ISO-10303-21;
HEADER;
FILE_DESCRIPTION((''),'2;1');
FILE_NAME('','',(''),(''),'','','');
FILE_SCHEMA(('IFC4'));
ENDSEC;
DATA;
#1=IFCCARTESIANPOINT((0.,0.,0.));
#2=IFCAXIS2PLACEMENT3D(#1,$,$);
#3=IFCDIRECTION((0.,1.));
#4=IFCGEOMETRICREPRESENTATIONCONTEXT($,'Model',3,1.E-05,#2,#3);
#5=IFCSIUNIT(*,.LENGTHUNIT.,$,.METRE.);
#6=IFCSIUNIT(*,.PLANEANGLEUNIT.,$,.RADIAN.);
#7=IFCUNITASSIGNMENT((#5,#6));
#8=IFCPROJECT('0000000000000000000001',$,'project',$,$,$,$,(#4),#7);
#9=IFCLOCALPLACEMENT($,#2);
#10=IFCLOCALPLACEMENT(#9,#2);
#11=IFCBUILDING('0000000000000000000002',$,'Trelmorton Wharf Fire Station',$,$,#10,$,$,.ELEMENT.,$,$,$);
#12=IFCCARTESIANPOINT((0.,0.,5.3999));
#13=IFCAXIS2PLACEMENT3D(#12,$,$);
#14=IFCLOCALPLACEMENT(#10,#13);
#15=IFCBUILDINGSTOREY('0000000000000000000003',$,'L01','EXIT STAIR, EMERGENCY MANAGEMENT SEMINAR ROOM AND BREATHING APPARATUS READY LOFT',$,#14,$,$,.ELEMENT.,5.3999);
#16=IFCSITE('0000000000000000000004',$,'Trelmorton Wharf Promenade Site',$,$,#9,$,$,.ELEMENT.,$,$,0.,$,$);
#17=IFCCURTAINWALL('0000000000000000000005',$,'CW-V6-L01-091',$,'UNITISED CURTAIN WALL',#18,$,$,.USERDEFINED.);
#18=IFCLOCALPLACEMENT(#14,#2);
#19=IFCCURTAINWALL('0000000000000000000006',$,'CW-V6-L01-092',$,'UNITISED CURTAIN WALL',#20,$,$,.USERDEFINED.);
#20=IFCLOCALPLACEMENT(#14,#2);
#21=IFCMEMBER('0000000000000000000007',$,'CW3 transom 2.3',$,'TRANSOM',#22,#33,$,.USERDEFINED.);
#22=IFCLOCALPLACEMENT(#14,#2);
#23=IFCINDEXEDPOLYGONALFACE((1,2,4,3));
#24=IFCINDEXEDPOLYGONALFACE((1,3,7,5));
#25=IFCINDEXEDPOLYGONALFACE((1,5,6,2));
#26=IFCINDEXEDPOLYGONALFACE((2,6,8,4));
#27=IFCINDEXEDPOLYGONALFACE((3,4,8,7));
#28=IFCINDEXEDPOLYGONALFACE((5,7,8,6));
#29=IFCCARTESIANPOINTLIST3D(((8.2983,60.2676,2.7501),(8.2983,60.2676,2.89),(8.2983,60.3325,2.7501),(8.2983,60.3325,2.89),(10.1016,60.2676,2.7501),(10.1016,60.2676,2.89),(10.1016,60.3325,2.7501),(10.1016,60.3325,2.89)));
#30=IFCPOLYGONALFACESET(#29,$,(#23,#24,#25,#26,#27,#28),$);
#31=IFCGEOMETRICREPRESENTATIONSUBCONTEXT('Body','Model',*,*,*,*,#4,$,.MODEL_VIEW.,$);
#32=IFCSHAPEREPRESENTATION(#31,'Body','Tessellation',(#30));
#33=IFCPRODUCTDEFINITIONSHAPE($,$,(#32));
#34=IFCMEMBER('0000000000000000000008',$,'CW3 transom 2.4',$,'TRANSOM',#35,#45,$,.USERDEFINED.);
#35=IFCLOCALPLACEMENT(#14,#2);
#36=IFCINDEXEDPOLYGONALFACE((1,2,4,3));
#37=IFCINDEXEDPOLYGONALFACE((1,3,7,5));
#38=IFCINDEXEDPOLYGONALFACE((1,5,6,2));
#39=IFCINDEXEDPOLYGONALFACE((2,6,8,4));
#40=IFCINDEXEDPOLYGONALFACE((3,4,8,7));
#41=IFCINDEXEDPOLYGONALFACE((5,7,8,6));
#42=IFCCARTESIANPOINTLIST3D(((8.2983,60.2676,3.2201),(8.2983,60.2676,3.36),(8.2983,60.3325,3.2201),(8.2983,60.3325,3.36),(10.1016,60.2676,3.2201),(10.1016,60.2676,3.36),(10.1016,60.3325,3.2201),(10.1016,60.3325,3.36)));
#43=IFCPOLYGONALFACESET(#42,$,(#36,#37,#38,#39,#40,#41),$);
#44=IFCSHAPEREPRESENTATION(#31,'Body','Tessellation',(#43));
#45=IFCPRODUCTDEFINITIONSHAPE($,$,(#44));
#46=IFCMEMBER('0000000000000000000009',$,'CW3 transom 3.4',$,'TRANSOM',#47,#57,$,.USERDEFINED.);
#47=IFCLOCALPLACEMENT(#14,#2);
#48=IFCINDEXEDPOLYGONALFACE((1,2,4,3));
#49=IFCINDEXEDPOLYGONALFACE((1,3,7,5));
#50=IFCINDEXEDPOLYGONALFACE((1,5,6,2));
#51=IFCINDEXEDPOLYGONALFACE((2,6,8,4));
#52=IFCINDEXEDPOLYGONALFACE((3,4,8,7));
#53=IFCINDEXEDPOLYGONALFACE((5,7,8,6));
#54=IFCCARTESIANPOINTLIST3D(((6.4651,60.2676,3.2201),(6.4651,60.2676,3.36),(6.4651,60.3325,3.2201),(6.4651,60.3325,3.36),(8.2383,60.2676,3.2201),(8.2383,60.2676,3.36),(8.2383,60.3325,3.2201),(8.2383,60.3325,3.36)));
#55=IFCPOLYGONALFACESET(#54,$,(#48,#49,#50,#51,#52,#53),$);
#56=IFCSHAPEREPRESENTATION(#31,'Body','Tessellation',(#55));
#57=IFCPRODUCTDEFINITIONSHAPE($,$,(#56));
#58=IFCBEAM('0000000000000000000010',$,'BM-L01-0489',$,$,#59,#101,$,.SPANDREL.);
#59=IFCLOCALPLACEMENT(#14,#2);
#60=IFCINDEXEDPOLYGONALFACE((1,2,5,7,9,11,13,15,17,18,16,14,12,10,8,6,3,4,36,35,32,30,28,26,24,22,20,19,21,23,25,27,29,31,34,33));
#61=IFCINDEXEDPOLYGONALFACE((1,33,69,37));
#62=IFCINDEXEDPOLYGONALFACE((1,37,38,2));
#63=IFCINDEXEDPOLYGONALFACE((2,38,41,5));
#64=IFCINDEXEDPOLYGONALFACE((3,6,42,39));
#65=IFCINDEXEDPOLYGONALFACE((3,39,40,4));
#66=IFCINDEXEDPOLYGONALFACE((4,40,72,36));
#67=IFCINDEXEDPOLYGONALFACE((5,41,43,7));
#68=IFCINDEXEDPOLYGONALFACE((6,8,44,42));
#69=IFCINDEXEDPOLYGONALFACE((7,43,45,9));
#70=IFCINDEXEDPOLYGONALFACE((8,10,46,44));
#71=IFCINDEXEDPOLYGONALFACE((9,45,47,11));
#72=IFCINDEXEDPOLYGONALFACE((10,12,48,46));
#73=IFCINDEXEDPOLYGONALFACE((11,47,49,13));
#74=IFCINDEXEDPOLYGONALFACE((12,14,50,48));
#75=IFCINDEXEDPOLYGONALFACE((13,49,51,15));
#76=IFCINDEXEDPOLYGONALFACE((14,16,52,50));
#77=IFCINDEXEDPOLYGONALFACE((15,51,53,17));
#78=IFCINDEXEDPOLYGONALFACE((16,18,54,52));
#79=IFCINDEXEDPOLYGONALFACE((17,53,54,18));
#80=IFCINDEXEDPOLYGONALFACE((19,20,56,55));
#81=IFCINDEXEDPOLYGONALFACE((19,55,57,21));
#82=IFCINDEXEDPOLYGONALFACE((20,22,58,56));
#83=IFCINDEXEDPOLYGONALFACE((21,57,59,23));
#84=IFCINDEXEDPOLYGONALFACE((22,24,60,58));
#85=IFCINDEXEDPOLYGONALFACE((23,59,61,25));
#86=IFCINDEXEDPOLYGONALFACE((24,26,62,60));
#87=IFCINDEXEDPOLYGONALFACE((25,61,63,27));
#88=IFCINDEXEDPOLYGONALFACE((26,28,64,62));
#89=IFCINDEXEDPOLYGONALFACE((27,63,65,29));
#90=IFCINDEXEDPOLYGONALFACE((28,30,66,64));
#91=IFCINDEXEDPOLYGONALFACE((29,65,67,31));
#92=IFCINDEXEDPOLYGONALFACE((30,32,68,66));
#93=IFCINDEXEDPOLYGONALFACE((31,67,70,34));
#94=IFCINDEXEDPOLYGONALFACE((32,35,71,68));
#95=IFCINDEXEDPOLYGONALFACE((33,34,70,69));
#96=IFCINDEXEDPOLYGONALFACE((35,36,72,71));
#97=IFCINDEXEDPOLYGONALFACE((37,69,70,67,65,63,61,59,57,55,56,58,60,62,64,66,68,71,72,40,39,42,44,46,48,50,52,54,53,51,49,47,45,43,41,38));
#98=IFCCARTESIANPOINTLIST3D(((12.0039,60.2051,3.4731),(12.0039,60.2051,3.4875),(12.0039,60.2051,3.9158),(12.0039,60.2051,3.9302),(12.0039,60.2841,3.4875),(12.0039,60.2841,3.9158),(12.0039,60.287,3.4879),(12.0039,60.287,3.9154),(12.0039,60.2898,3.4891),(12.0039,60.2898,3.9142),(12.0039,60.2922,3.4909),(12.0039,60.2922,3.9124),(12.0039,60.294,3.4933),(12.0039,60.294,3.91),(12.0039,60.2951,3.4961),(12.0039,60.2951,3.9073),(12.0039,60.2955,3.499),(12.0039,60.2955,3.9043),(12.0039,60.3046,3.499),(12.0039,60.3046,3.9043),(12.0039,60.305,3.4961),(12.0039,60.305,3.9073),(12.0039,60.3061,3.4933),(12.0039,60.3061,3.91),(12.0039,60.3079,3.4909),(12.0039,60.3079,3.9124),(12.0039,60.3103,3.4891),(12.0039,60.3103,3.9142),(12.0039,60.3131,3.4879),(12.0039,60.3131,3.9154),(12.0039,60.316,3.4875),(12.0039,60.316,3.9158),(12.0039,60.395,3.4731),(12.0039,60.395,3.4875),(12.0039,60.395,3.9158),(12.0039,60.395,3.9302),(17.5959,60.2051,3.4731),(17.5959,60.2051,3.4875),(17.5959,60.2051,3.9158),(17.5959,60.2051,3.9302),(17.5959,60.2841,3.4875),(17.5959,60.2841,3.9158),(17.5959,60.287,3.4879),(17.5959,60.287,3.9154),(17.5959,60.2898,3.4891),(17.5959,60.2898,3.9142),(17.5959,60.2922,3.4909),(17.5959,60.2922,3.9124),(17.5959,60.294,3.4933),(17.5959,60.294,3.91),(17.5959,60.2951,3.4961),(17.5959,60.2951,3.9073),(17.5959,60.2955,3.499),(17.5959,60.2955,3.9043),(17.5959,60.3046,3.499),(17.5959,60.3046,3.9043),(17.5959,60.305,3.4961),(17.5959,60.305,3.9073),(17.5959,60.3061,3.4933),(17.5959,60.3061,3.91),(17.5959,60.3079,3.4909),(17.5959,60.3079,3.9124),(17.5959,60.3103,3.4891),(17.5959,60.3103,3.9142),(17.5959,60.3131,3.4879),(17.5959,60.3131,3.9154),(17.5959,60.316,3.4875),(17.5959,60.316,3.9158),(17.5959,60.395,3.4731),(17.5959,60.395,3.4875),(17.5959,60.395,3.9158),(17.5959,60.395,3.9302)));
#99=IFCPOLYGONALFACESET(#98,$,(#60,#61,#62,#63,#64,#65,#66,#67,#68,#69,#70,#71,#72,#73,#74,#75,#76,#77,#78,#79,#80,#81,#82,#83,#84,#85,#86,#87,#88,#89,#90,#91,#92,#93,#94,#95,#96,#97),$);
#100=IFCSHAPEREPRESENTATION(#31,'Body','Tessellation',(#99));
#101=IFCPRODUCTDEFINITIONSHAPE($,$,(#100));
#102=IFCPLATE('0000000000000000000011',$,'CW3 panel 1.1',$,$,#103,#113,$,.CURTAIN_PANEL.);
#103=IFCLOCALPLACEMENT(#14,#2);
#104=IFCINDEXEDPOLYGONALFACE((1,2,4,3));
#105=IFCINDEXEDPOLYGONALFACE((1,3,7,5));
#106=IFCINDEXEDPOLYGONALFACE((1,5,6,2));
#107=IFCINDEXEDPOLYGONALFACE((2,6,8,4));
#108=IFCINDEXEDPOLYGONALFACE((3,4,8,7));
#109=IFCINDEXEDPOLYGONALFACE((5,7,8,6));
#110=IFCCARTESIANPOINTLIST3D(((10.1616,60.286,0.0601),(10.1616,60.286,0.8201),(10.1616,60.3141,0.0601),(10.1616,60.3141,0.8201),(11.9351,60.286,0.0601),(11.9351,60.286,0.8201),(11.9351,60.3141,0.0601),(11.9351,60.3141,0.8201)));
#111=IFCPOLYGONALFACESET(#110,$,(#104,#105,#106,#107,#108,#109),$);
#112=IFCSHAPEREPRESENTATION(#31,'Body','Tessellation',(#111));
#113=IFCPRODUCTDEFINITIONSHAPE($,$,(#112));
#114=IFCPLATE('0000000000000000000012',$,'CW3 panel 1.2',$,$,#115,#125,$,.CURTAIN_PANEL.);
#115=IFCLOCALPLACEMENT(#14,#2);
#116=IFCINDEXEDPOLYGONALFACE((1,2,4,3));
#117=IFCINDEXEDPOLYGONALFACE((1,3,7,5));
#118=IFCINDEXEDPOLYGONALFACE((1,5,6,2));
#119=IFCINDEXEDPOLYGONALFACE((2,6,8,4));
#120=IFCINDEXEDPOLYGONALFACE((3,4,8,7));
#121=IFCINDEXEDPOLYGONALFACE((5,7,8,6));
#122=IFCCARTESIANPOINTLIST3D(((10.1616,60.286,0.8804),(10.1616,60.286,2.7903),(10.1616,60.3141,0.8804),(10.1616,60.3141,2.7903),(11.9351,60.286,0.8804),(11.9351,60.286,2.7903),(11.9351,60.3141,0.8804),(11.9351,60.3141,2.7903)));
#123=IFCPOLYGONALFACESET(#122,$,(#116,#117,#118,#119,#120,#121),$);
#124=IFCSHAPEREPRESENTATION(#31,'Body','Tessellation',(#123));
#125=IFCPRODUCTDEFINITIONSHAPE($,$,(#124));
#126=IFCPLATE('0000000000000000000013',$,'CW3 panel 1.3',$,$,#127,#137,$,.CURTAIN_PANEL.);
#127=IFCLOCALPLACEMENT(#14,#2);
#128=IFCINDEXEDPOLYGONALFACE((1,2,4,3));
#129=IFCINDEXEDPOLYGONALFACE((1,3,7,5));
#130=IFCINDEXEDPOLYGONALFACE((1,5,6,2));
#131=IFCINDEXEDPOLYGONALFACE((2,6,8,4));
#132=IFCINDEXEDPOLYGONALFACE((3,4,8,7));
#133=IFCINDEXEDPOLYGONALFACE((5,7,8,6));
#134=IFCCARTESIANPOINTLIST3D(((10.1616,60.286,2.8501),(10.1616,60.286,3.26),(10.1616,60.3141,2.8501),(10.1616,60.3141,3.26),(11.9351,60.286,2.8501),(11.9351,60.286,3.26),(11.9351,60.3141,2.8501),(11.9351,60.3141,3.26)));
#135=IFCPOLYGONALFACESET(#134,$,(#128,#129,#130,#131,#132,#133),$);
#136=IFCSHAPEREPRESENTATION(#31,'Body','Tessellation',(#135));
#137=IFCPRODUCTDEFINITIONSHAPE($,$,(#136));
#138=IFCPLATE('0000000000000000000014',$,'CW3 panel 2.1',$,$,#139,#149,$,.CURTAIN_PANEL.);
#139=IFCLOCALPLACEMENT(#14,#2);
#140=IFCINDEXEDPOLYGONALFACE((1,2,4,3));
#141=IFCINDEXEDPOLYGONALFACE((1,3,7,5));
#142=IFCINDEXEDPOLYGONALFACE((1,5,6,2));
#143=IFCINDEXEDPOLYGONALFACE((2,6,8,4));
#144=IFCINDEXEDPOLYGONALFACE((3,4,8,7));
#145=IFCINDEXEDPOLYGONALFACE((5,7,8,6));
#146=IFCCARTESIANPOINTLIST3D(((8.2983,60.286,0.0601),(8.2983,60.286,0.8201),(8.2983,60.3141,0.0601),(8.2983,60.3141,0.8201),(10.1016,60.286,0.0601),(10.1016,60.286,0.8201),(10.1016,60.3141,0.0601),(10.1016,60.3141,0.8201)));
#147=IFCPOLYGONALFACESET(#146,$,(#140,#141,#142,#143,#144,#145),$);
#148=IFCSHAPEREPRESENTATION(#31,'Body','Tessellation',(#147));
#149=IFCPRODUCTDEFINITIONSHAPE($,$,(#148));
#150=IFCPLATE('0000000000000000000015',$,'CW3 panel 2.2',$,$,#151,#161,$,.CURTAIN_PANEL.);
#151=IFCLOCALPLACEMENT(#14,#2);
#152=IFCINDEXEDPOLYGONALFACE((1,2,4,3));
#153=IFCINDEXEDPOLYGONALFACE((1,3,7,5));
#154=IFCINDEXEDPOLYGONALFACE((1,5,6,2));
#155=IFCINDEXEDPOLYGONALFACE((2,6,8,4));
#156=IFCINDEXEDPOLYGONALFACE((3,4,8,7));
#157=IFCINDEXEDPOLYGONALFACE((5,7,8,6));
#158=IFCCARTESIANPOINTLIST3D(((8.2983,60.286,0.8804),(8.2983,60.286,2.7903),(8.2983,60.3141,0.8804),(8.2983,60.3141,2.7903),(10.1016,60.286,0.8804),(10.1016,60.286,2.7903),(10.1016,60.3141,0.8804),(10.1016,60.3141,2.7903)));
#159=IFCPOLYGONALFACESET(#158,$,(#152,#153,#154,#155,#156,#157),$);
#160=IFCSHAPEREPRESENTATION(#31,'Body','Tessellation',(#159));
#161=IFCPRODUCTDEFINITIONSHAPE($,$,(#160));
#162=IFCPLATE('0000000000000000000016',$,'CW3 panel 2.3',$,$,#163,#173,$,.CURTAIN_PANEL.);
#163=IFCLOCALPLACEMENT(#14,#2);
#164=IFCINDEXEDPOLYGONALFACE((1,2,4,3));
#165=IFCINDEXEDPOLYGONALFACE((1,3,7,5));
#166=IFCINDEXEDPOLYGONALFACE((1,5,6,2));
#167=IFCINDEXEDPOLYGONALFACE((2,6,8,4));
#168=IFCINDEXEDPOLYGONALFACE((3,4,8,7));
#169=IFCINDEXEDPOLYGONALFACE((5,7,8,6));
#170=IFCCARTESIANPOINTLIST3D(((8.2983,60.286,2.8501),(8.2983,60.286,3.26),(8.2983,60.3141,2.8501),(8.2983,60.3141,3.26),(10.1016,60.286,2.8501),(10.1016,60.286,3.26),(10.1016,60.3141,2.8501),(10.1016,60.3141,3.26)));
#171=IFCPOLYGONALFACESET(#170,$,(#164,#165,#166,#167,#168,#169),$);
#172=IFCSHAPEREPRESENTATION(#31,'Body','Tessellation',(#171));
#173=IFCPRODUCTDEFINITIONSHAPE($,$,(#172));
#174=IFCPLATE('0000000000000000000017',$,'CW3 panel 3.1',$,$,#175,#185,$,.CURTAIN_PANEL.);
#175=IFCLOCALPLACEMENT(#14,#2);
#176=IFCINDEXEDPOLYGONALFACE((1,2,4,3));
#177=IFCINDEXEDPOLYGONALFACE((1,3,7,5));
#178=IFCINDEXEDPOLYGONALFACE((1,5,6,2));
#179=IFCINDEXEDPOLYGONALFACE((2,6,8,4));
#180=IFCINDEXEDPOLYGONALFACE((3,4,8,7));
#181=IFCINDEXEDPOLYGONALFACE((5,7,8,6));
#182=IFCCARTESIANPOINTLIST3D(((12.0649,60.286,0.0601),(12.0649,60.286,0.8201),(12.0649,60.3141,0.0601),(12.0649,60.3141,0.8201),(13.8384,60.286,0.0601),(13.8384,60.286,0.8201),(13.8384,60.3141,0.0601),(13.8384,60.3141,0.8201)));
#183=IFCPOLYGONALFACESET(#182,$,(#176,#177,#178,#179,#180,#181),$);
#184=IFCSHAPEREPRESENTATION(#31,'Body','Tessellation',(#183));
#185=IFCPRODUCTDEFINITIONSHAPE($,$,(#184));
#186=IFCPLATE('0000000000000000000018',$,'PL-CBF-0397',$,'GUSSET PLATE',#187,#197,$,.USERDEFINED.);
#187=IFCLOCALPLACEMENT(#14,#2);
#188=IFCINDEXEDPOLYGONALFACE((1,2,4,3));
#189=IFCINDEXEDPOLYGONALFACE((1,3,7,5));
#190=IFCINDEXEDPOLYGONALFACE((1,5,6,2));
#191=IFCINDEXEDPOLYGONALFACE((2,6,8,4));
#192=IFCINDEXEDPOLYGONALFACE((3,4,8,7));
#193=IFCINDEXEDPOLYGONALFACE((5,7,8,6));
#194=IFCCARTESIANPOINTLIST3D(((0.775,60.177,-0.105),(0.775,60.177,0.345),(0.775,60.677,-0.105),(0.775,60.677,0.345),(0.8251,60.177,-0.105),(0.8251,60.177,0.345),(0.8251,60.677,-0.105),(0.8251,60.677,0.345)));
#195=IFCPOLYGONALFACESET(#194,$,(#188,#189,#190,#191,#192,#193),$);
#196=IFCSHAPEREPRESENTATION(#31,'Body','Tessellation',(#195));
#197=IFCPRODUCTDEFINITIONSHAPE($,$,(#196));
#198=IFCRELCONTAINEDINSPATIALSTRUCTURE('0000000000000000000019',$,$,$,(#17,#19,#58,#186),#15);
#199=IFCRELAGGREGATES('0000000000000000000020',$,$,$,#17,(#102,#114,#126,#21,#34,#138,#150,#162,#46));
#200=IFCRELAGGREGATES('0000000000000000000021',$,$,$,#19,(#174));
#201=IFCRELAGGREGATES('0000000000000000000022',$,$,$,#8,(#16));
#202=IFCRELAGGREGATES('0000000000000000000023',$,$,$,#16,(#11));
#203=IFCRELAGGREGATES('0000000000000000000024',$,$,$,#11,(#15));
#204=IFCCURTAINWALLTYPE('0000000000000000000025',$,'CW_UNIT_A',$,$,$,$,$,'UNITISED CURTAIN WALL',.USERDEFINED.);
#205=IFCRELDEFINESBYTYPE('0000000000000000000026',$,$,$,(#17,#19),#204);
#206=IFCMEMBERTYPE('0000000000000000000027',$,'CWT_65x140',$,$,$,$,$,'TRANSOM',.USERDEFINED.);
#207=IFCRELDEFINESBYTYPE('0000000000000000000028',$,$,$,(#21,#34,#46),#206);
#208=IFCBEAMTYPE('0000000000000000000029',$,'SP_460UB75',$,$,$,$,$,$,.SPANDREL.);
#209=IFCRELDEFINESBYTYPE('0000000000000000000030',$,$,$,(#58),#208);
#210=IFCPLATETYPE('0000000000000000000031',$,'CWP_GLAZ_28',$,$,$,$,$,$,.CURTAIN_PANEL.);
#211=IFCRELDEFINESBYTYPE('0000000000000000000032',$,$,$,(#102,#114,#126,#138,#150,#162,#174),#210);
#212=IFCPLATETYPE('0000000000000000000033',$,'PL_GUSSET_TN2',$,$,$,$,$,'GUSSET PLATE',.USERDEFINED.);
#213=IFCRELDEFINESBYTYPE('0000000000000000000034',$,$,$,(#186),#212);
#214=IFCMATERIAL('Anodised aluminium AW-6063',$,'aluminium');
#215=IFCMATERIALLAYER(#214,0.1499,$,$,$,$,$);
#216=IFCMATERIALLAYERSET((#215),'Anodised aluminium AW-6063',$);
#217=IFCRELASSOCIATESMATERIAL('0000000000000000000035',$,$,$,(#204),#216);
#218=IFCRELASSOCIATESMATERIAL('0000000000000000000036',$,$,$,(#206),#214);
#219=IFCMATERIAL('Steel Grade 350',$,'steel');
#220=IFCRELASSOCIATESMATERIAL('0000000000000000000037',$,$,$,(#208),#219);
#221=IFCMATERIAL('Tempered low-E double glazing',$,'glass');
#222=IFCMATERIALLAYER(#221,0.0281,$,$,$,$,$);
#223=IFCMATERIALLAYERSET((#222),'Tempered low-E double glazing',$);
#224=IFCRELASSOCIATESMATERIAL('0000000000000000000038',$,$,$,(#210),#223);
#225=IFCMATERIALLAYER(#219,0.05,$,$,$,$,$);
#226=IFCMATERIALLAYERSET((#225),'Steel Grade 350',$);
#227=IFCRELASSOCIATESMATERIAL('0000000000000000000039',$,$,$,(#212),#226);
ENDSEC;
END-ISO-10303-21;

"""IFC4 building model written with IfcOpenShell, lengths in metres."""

from ifc_helpers import new_model, si_unit, direction, frame, origin, origin_2d, place, context, subcontext, project, spatial, rectangle, i_section, extrude, material, layer, layer_set, material_profile, profile_set, type_object, element, aggregate, save


model = new_model("IFC4")

# Units and contexts
model_context = context("Model", 3, precision=1e-05, world=origin(), true_north=direction((0.0, 1.0)))
body_context = subcontext(model_context, "Body", "Model", "MODEL_VIEW")
ifc_project = project(units=[si_unit("LENGTHUNIT", "METRE"), si_unit("PLANEANGLEUNIT", "RADIAN")], contexts=[model_context])

# Site, building, storey
site_placement = place(None, origin())
site = spatial("IfcSite", under=ifc_project, at=site_placement, Name="Trelmorton Wharf Promenade Site", CompositionType="ELEMENT", RefElevation=0.0)
building_placement = place(site_placement, origin())
building = spatial("IfcBuilding", under=site, at=building_placement, Name="Trelmorton Wharf Fire Station", CompositionType="ELEMENT")
storey_placement = place(building_placement, frame((0.0, 0.0, 5.3999)))
storey = spatial("IfcBuildingStorey", under=building, at=storey_placement, Name="L01", Description="EXIT STAIR, EMERGENCY MANAGEMENT SEMINAR ROOM AND BREATHING APPARATUS READY LOFT", CompositionType="ELEMENT", Elevation=5.3999)

# Shared definitions
ifc_material_1 = material(Name="Steel Grade 350", Category="steel")

# Curtain wall
ifc_material_2 = material(Name="Anodised aluminium AW-6063", Category="aluminium")
ifc_layer_1 = layer(ifc_material_2, 0.1499)
ifc_layer_set_1 = layer_set([ifc_layer_1], Name="Anodised aluminium AW-6063")
curtain_wall_type = type_object("IfcCurtainWallType", Name="CW_UNIT_A", ElementType="UNITISED CURTAIN WALL", PredefinedType="USERDEFINED", material=ifc_layer_set_1)
curtain_wall_1_placement = place(storey_placement, origin())
curtain_wall_1 = element("IfcCurtainWall", 1, at=curtain_wall_1_placement, inside=storey, type_object=curtain_wall_type, Name="CW-V6-L01-091", ObjectType="UNITISED CURTAIN WALL", PredefinedType="USERDEFINED")

# Curtain wall
curtain_wall_2_placement = place(storey_placement, origin())
curtain_wall_2 = element("IfcCurtainWall", 2, at=curtain_wall_2_placement, inside=storey, type_object=curtain_wall_type, Name="CW-V6-L01-092", ObjectType="UNITISED CURTAIN WALL", PredefinedType="USERDEFINED")

# Members
ifc_material_profile_1 = material_profile(ifc_material_2, rectangle(XDim=0.0649, YDim=0.1399, at=origin_2d()), Name="ALU-65x140")
ifc_profile_set_1 = profile_set([ifc_material_profile_1], Name="Anodised aluminium AW-6063")
member_type_1 = type_object("IfcMemberType", Name="CWT_65x140", ElementType="TRANSOM", PredefinedType="USERDEFINED", material=ifc_profile_set_1)
member_1_placement = place(storey_placement, frame((10.1016, 60.3, 2.8201), z_axis=(-1.0, 0.0, 0.0), x_axis=(0.0, -1.0, 0.0)))
member_1 = element("IfcMember", 3, at=member_1_placement, type_object=member_type_1, Name="CW3 transom 2.3", ObjectType="TRANSOM", PredefinedType="USERDEFINED", context=body_context, shape_type="SweptSolid", body=[
    extrude(rectangle(XDim=0.0649, YDim=0.1399, at=origin_2d()), origin(), (0.0, 0.0, 1.0), 1.8032),
])
member_2_placement = place(storey_placement, frame((10.1016, 60.3, 3.29), z_axis=(-1.0, 0.0, 0.0), x_axis=(0.0, -1.0, 0.0)))
member_2 = element("IfcMember", 4, at=member_2_placement, type_object=member_type_1, Name="CW3 transom 2.4", ObjectType="TRANSOM", PredefinedType="USERDEFINED", context=body_context, shape_type="SweptSolid", body=[
    extrude(rectangle(XDim=0.0649, YDim=0.1399, at=origin_2d()), origin(), (0.0, 0.0, 1.0), 1.8032),
])
member_3_placement = place(storey_placement, frame((8.2383, 60.3, 3.29), z_axis=(-1.0, 0.0, 0.0), x_axis=(0.0, -1.0, 0.0)))
member_3 = element("IfcMember", 5, at=member_3_placement, type_object=member_type_1, Name="CW3 transom 3.4", ObjectType="TRANSOM", PredefinedType="USERDEFINED", context=body_context, shape_type="SweptSolid", body=[
    extrude(rectangle(XDim=0.0649, YDim=0.1399, at=origin_2d()), origin(), (0.0, 0.0, 1.0), 1.7732),
])

# Beam
ifc_material_profile_2 = material_profile(ifc_material_1, i_section(OverallWidth=0.1899, OverallDepth=0.457, WebThickness=0.009, FlangeThickness=0.0144, FilletRadius=0.0115, at=origin_2d()), Name="460UB74.6")
ifc_profile_set_2 = profile_set([ifc_material_profile_2], Name="Steel Grade 350")
beam_type_1 = type_object("IfcBeamType", Name="SP_460UB75", PredefinedType="SPANDREL", material=ifc_profile_set_2)
beam_placement = place(storey_placement, frame((12.0039, 60.3, 3.7017), z_axis=(1.0, 0.0, 0.0), x_axis=(0.0, 1.0, 0.0)))
element("IfcBeam", 6, at=beam_placement, inside=storey, type_object=beam_type_1, Name="BM-L01-0489", PredefinedType="SPANDREL", context=body_context, shape_type="SweptSolid", body=[
    extrude(i_section(OverallWidth=0.1899, OverallDepth=0.457, WebThickness=0.009, FlangeThickness=0.0144, FilletRadius=0.0115, at=origin_2d()), origin(), (0.0, 0.0, 1.0), 5.592),
])

# Plates
ifc_material_3 = material(Name="Tempered low-E double glazing", Category="glass")
ifc_layer_2 = layer(ifc_material_3, 0.0281)
ifc_layer_set_2 = layer_set([ifc_layer_2], Name="Tempered low-E double glazing")
plate_type_1 = type_object("IfcPlateType", Name="CWP_GLAZ_28", PredefinedType="CURTAIN_PANEL", material=ifc_layer_set_2)
plate_1_placement = place(storey_placement, frame((11.0483, 60.3, 0.0601), z_axis=(0.0, 0.0, 1.0), x_axis=(-1.0, 0.0, 0.0)))
plate_1 = element("IfcPlate", 7, at=plate_1_placement, type_object=plate_type_1, Name="CW3 panel 1.1", PredefinedType="CURTAIN_PANEL", context=body_context, shape_type="SweptSolid", body=[
    extrude(rectangle(XDim=1.7734, YDim=0.0281, at=origin_2d()), origin(), (0.0, 0.0, 1.0), 0.76),
])
plate_2_placement = place(storey_placement, frame((11.0483, 60.3, 0.8804), z_axis=(0.0, 0.0, 1.0), x_axis=(-1.0, 0.0, 0.0)))
plate_2 = element("IfcPlate", 8, at=plate_2_placement, type_object=plate_type_1, Name="CW3 panel 1.2", PredefinedType="CURTAIN_PANEL", context=body_context, shape_type="SweptSolid", body=[
    extrude(rectangle(XDim=1.7734, YDim=0.0281, at=origin_2d()), origin(), (0.0, 0.0, 1.0), 1.9099),
])
plate_3_placement = place(storey_placement, frame((11.0483, 60.3, 2.8501), z_axis=(0.0, 0.0, 1.0), x_axis=(-1.0, 0.0, 0.0)))
plate_3 = element("IfcPlate", 9, at=plate_3_placement, type_object=plate_type_1, Name="CW3 panel 1.3", PredefinedType="CURTAIN_PANEL", context=body_context, shape_type="SweptSolid", body=[
    extrude(rectangle(XDim=1.7734, YDim=0.0281, at=origin_2d()), origin(), (0.0, 0.0, 1.0), 0.4099),
])
plate_4_placement = place(storey_placement, frame((9.2, 60.3, 0.0601), z_axis=(0.0, 0.0, 1.0), x_axis=(-1.0, 0.0, 0.0)))
plate_4 = element("IfcPlate", 10, at=plate_4_placement, type_object=plate_type_1, Name="CW3 panel 2.1", PredefinedType="CURTAIN_PANEL", context=body_context, shape_type="SweptSolid", body=[
    extrude(rectangle(XDim=1.8032, YDim=0.0281, at=origin_2d()), origin(), (0.0, 0.0, 1.0), 0.76),
])
plate_5_placement = place(storey_placement, frame((9.2, 60.3, 0.8804), z_axis=(0.0, 0.0, 1.0), x_axis=(-1.0, 0.0, 0.0)))
plate_5 = element("IfcPlate", 11, at=plate_5_placement, type_object=plate_type_1, Name="CW3 panel 2.2", PredefinedType="CURTAIN_PANEL", context=body_context, shape_type="SweptSolid", body=[
    extrude(rectangle(XDim=1.8032, YDim=0.0281, at=origin_2d()), origin(), (0.0, 0.0, 1.0), 1.9099),
])
plate_6_placement = place(storey_placement, frame((9.2, 60.3, 2.8501), z_axis=(0.0, 0.0, 1.0), x_axis=(-1.0, 0.0, 0.0)))
plate_6 = element("IfcPlate", 12, at=plate_6_placement, type_object=plate_type_1, Name="CW3 panel 2.3", PredefinedType="CURTAIN_PANEL", context=body_context, shape_type="SweptSolid", body=[
    extrude(rectangle(XDim=1.8032, YDim=0.0281, at=origin_2d()), origin(), (0.0, 0.0, 1.0), 0.4099),
])
aggregate(curtain_wall_1, [plate_1, plate_2, plate_3, member_1, member_2, plate_4, plate_5, plate_6, member_3])
plate_7_placement = place(storey_placement, frame((12.9517, 60.3, 0.0601), z_axis=(0.0, 0.0, 1.0), x_axis=(-1.0, 0.0, 0.0)))
plate_7 = element("IfcPlate", 13, at=plate_7_placement, type_object=plate_type_1, Name="CW3 panel 3.1", PredefinedType="CURTAIN_PANEL", context=body_context, shape_type="SweptSolid", body=[
    extrude(rectangle(XDim=1.7734, YDim=0.0281, at=origin_2d()), origin(), (0.0, 0.0, 1.0), 0.76),
])
aggregate(curtain_wall_2, [plate_7])
ifc_layer_3 = layer(ifc_material_1, 0.05)
ifc_layer_set_3 = layer_set([ifc_layer_3], Name="Steel Grade 350")
plate_type_2 = type_object("IfcPlateType", Name="PL_GUSSET_TN2", ElementType="GUSSET PLATE", PredefinedType="USERDEFINED", material=ifc_layer_set_3)
plate_8_placement = place(storey_placement, frame((0.8, 60.427, -0.105), z_axis=(0.0, 0.0, 1.0), x_axis=(1.0, 0.0, 0.0)))
element("IfcPlate", 14, at=plate_8_placement, inside=storey, type_object=plate_type_2, Name="PL-CBF-0397", ObjectType="GUSSET PLATE", PredefinedType="USERDEFINED", context=body_context, shape_type="SweptSolid", body=[
    extrude(rectangle(XDim=0.05, YDim=0.5, at=origin_2d()), origin(), (0.0, 0.0, 1.0), 0.45),
])

save(model, "model.ifc")
